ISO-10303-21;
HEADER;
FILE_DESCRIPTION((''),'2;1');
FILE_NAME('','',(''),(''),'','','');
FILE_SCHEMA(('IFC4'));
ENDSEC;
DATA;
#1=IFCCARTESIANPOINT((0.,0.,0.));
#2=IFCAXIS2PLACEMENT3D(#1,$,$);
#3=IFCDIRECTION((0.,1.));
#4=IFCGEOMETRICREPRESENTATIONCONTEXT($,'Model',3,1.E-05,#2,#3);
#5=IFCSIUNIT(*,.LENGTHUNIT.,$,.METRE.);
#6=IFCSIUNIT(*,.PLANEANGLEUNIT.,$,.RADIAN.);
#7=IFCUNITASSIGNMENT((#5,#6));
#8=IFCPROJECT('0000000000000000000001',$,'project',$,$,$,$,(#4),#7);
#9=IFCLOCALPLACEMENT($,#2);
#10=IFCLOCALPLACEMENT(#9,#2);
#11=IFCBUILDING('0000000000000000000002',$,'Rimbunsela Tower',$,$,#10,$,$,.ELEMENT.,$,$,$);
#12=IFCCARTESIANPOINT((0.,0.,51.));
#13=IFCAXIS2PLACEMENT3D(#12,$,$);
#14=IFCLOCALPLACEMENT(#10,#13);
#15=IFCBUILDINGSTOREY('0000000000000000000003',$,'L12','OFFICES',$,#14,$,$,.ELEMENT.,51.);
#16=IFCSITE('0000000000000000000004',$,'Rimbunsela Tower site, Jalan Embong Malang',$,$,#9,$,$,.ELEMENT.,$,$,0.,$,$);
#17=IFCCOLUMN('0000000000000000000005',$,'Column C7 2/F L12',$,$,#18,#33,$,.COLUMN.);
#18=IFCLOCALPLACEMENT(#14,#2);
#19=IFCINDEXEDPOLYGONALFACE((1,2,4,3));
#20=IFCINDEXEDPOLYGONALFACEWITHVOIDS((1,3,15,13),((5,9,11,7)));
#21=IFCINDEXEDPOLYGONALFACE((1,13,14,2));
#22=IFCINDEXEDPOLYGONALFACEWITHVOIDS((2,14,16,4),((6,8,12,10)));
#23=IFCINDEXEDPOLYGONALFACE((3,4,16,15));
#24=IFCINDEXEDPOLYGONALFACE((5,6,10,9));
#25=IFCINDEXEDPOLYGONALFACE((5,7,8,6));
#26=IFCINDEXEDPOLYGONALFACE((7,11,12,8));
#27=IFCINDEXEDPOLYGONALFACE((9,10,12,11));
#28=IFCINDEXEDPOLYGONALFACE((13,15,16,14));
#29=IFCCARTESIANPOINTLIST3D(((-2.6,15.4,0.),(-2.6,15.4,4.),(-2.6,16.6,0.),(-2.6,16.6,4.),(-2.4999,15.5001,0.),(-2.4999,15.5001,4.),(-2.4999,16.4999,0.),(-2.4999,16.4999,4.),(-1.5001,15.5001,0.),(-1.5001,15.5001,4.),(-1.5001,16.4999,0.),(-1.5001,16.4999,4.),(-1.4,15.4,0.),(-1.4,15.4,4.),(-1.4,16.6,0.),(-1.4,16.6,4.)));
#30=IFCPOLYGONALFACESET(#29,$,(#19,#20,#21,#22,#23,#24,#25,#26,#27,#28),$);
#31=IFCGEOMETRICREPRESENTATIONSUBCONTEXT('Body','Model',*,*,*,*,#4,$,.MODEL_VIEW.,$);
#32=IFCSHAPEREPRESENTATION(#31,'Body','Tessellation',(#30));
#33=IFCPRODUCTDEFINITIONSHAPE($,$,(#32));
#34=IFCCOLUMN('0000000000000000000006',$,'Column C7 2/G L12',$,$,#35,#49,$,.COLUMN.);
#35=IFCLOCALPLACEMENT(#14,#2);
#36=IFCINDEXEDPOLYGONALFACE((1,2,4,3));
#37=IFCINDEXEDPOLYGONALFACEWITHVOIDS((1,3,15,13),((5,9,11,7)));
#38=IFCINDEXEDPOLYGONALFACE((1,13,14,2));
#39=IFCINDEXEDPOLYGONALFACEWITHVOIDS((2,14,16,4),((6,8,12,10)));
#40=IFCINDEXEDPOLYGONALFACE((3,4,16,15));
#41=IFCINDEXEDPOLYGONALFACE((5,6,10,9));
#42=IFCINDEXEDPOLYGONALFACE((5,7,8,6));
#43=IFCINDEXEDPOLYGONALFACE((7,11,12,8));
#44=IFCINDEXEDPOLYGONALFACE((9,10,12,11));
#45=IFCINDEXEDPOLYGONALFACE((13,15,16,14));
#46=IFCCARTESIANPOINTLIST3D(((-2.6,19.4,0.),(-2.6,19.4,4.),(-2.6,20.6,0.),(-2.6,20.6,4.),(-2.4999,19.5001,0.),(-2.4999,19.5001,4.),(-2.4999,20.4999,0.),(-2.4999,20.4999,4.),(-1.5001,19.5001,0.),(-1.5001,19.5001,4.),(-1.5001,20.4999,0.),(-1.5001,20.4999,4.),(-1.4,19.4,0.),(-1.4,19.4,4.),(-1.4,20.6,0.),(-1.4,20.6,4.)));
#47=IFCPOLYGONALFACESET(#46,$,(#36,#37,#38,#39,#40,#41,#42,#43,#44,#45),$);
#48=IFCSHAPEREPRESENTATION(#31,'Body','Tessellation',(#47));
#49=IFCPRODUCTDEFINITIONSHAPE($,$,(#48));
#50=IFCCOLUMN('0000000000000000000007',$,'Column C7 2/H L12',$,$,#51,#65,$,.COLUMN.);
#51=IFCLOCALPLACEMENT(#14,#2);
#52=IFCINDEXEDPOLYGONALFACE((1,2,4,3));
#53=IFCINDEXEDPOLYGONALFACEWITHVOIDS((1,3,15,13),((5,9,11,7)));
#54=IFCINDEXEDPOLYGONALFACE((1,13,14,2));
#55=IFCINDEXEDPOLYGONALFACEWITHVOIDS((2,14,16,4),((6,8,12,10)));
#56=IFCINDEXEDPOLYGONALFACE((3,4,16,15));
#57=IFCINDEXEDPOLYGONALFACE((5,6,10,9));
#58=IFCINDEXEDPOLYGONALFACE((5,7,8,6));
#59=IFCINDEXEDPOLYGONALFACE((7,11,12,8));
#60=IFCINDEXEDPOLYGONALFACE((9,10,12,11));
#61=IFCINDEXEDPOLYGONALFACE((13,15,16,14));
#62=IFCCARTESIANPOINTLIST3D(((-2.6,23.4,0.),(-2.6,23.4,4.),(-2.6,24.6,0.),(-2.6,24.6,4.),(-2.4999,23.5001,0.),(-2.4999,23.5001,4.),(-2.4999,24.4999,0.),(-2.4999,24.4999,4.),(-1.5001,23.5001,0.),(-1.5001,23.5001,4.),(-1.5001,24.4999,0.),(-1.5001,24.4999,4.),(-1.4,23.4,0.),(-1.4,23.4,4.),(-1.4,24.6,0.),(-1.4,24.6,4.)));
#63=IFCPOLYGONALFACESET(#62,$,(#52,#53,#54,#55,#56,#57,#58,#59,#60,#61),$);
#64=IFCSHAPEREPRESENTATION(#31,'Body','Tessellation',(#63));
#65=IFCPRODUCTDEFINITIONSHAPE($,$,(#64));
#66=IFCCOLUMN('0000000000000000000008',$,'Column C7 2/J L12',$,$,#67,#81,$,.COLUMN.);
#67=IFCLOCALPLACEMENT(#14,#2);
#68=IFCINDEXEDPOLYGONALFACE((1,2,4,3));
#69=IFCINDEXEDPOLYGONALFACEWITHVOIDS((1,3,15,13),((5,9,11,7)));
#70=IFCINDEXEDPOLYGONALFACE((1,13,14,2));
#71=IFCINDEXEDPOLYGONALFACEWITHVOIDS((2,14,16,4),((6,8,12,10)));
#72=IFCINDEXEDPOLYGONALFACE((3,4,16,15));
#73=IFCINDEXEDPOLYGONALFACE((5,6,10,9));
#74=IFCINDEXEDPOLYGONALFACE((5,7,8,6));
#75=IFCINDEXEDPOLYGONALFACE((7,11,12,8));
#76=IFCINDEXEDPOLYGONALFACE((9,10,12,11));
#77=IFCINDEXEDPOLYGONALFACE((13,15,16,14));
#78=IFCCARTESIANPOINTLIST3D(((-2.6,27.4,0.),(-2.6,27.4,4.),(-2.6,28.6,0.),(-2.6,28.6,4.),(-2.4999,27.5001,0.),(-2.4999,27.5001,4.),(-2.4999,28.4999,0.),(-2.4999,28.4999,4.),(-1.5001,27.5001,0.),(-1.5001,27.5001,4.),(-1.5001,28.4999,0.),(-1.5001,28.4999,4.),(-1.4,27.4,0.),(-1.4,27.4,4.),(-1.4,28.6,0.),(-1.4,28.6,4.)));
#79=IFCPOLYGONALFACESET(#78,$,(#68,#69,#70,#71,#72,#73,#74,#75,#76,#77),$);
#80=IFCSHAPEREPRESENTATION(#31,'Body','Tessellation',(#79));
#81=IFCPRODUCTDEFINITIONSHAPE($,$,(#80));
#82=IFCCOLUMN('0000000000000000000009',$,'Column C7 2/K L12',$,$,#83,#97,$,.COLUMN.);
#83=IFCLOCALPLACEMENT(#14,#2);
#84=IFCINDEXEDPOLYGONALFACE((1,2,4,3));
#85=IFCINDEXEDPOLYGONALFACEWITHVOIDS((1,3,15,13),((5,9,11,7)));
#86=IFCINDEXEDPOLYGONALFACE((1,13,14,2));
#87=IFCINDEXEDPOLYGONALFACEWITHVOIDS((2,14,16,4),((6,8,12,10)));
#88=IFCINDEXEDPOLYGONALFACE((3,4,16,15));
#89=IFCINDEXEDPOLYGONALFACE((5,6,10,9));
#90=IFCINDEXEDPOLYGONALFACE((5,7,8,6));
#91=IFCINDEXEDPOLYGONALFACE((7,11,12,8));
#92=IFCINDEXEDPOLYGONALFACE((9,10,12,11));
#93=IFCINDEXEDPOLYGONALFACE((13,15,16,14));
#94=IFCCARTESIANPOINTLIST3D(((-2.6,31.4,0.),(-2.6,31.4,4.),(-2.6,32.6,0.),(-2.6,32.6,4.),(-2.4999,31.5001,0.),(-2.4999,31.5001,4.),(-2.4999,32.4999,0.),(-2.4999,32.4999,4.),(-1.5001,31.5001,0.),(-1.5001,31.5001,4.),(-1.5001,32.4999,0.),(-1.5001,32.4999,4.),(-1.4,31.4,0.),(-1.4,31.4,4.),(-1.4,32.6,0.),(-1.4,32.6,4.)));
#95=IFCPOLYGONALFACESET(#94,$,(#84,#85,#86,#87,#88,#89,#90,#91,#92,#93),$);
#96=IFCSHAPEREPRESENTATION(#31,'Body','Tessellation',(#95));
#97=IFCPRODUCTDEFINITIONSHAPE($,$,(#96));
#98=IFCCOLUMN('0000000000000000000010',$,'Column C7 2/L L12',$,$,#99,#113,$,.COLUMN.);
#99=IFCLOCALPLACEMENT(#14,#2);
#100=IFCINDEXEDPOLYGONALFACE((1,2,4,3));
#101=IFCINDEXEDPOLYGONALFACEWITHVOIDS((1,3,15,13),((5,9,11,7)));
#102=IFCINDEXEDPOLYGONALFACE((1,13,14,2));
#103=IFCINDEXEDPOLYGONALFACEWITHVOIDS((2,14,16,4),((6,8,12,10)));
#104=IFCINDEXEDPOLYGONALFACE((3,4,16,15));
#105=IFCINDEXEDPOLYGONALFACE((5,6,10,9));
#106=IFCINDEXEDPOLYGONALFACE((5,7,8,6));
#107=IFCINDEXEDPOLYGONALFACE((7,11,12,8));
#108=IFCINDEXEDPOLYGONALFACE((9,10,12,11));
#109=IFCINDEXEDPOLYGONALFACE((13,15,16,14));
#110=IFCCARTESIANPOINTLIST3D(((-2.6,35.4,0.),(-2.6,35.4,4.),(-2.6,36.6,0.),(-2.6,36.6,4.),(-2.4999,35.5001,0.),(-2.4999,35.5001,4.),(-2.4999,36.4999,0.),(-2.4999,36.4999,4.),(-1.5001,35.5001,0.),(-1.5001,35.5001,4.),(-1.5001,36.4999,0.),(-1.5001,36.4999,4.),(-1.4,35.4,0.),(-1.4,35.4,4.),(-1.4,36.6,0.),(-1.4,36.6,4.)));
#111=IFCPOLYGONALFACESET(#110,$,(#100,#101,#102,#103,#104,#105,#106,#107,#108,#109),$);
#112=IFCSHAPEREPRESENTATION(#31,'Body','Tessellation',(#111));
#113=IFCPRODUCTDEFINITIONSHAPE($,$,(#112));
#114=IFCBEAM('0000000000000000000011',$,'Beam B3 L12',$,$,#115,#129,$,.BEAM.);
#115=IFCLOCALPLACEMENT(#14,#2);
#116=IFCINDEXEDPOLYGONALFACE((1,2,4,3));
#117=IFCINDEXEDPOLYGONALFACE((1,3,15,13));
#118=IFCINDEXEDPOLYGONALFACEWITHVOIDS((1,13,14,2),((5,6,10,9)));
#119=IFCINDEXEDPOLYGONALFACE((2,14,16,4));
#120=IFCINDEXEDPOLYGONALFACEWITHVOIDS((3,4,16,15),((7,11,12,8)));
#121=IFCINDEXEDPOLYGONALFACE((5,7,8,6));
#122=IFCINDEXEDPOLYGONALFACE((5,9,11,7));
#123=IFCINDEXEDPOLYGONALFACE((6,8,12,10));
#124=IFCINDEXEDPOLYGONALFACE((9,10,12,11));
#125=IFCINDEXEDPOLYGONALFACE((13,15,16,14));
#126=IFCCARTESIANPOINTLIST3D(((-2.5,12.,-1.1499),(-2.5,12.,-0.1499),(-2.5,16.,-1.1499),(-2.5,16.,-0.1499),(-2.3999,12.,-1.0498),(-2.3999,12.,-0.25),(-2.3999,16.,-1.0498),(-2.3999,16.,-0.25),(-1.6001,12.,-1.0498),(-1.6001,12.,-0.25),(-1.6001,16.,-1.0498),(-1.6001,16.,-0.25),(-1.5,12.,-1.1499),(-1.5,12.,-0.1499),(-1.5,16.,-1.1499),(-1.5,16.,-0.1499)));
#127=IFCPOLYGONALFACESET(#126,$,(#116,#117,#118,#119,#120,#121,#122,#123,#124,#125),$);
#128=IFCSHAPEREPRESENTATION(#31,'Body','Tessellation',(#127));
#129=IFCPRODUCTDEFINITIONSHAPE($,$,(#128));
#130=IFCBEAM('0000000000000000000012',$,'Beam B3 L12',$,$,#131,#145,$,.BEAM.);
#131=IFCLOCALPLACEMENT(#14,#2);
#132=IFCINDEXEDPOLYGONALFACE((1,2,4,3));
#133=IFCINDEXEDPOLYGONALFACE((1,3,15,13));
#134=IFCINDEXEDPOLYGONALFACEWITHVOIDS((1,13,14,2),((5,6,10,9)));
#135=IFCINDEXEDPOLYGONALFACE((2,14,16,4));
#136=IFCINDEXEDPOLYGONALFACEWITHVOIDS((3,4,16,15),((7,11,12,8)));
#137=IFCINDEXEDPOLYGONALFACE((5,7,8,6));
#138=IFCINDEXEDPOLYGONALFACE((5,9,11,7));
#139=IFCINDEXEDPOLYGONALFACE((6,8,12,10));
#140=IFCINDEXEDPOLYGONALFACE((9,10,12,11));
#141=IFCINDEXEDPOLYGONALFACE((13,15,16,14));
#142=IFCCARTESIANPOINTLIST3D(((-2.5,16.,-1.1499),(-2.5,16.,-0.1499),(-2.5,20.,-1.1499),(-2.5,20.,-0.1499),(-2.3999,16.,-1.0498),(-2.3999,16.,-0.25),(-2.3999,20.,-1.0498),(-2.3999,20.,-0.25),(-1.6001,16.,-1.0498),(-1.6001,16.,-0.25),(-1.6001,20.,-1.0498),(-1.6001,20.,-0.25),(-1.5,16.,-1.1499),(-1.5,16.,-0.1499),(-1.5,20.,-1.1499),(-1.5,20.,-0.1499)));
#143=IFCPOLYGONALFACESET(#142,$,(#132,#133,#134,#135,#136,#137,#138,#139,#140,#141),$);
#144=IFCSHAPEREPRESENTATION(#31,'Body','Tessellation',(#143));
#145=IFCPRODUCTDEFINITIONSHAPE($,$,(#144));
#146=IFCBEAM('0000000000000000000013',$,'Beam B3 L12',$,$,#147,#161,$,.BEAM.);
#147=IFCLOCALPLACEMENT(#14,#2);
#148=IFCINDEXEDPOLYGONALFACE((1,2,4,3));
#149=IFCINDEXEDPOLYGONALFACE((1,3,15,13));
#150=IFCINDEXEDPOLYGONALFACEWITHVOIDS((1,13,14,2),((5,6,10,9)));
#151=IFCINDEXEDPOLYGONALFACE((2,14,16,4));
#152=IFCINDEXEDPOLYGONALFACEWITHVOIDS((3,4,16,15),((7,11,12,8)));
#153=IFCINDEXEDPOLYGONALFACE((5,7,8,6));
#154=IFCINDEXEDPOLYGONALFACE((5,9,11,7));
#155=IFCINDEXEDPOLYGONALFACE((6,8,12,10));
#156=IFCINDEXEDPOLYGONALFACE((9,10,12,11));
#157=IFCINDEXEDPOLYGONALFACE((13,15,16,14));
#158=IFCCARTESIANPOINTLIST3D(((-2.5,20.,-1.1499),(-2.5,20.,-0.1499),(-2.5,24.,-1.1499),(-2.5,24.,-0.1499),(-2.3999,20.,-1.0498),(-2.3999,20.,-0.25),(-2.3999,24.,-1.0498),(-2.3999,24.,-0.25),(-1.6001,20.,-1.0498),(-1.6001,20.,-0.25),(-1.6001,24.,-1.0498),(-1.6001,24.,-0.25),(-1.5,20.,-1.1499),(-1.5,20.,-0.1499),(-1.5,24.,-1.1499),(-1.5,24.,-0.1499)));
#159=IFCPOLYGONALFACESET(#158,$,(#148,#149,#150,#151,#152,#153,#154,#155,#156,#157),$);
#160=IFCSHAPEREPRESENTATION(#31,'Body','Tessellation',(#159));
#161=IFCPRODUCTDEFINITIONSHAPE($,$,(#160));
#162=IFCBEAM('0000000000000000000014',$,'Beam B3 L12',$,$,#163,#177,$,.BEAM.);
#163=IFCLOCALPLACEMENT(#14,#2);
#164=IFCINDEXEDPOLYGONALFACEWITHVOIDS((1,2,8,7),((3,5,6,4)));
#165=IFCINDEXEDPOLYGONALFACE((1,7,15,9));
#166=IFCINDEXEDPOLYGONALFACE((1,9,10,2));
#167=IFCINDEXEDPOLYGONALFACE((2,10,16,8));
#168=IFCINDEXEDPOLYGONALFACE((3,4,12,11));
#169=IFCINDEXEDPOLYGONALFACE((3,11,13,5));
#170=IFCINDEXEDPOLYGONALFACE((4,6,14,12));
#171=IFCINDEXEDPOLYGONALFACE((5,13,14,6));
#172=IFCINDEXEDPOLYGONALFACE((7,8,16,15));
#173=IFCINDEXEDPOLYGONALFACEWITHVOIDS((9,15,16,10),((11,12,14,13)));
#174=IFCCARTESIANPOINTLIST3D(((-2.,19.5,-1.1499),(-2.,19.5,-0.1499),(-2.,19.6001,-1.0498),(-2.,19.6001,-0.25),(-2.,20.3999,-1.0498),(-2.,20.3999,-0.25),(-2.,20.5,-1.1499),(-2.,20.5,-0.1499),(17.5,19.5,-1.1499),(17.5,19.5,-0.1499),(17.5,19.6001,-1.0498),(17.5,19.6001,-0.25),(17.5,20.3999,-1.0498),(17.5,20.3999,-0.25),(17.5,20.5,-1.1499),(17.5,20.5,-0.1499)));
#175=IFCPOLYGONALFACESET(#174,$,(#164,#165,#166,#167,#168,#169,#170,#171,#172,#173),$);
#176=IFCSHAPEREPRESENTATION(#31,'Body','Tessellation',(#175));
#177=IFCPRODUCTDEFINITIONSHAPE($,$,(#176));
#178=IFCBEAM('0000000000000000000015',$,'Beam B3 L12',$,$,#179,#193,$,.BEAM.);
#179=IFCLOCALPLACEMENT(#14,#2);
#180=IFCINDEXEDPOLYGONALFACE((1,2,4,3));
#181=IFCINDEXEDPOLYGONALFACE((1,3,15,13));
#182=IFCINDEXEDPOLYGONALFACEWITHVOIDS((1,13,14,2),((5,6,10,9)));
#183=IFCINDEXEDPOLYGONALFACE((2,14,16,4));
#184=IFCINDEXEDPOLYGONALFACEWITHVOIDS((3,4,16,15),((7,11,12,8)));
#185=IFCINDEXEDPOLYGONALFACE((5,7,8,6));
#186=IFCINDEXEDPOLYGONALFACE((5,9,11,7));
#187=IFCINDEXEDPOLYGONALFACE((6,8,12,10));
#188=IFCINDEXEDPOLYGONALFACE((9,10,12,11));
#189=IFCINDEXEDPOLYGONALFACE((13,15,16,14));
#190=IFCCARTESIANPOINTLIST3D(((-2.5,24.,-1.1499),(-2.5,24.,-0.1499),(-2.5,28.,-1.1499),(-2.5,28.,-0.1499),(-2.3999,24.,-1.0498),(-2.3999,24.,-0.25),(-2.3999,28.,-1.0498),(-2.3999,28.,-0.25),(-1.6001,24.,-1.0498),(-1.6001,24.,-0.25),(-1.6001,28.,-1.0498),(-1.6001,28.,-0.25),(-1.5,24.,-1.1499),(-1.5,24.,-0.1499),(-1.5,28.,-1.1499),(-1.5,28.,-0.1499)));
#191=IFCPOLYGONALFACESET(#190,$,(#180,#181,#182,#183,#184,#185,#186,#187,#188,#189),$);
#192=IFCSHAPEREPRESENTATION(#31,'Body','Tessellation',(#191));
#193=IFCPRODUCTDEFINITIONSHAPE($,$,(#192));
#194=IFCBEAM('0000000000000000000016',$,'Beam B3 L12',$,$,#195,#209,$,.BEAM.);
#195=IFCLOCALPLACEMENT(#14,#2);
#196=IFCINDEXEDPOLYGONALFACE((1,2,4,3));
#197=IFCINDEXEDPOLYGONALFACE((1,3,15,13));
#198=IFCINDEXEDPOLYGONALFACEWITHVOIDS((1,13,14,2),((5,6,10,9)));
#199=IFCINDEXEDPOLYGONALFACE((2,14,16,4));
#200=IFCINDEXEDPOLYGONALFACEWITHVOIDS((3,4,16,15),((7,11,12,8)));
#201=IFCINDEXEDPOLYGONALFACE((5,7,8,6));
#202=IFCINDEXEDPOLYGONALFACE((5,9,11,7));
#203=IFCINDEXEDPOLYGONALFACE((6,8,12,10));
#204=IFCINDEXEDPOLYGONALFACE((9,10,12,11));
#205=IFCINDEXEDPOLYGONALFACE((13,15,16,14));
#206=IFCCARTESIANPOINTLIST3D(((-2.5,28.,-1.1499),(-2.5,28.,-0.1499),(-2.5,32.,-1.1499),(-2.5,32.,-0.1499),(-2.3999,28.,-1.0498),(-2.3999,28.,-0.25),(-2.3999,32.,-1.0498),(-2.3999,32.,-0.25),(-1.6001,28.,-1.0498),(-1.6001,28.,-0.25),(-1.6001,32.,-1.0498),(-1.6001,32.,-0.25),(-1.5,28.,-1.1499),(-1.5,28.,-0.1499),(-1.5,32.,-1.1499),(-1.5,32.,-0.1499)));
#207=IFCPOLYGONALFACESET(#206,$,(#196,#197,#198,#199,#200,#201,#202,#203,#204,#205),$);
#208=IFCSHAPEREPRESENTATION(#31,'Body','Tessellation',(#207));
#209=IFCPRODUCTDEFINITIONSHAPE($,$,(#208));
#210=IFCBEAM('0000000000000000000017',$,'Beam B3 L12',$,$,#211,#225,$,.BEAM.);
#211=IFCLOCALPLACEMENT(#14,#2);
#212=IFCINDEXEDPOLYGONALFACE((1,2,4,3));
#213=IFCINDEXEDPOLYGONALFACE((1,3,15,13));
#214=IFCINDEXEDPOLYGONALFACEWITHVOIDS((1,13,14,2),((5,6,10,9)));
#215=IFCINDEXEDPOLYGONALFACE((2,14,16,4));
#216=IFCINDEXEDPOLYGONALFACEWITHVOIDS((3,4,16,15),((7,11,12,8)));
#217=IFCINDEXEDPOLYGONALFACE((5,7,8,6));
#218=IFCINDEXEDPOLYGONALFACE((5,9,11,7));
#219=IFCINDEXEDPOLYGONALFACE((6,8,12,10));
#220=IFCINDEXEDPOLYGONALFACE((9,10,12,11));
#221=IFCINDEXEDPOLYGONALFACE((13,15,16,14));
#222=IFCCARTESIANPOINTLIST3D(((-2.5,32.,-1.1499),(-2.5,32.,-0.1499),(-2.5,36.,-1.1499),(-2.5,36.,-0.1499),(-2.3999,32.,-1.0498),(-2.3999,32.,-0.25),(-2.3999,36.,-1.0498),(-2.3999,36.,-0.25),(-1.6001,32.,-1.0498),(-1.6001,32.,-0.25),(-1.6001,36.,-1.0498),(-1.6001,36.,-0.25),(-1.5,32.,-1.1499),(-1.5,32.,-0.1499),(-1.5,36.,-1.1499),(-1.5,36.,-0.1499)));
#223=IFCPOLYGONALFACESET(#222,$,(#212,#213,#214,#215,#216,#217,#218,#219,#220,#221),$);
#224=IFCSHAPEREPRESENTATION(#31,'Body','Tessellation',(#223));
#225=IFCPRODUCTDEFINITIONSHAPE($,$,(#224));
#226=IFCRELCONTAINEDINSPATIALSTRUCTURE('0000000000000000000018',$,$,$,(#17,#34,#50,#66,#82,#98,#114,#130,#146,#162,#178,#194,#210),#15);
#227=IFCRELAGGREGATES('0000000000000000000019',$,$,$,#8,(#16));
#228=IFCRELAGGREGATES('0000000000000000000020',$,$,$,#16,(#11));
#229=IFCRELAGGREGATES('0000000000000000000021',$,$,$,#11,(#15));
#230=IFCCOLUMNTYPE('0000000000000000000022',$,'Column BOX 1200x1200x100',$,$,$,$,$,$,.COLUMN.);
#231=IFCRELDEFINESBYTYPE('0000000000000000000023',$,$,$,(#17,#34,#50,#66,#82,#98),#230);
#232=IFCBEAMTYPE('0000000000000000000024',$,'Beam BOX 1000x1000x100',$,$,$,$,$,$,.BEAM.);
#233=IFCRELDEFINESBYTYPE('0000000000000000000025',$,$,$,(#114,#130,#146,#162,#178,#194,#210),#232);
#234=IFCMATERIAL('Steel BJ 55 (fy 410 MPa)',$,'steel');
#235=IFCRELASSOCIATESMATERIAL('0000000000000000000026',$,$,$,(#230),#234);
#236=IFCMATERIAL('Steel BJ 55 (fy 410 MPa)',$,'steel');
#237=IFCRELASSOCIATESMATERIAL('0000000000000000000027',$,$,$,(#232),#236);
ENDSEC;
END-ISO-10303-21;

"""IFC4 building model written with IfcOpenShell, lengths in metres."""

from ifc_helpers import new_model, si_unit, direction, frame, origin, origin_2d, place, context, subcontext, project, spatial, hollow_rectangle, extrude, material, material_profile, profile_set, type_object, element, save


model = new_model("IFC4")

# Units and contexts
model_context = context("Model", 3, precision=1e-05, world=origin(), true_north=direction((0.0, 1.0)))
body_context = subcontext(model_context, "Body", "Model", "MODEL_VIEW")
ifc_project = project(units=[si_unit("LENGTHUNIT", "METRE"), si_unit("PLANEANGLEUNIT", "RADIAN")], contexts=[model_context])

# Site, building, storey
site_placement = place(None, origin())
site = spatial("IfcSite", under=ifc_project, at=site_placement, Name="Rimbunsela Tower site, Jalan Embong Malang", CompositionType="ELEMENT", RefElevation=0.0)
building_placement = place(site_placement, origin())
building = spatial("IfcBuilding", under=site, at=building_placement, Name="Rimbunsela Tower", CompositionType="ELEMENT")
storey_placement = place(building_placement, frame((0.0, 0.0, 51.0)))
storey = spatial("IfcBuildingStorey", under=building, at=storey_placement, Name="L12", Description="OFFICES", CompositionType="ELEMENT", Elevation=51.0)

# Columns
ifc_material_1 = material(Name="Steel BJ 55 (fy 410 MPa)", Category="steel")
ifc_material_profile_1 = material_profile(ifc_material_1, hollow_rectangle(XDim=1.2, YDim=1.2, WallThickness=0.1001, at=origin_2d()), Name="BOX 1200x1200x100")
ifc_profile_set_1 = profile_set([ifc_material_profile_1], Name="Steel BJ 55 (fy 410 MPa)")
column_type = type_object("IfcColumnType", Name="Column BOX 1200x1200x100", PredefinedType="COLUMN", material=ifc_profile_set_1)
for number, where, z_axis, x_axis, name in (
    (1, (-2.0, 16.0, 0.0), (0.0, 0.0, 1.0), (1.0, 0.0, 0.0), "Column C7 2/F L12"),
    (2, (-2.0, 20.0, 0.0), (0.0, 0.0, 1.0), (1.0, 0.0, 0.0), "Column C7 2/G L12"),
    (3, (-2.0, 24.0, 0.0), (0.0, 0.0, 1.0), (1.0, 0.0, 0.0), "Column C7 2/H L12"),
    (4, (-2.0, 28.0, 0.0), (0.0, 0.0, 1.0), (1.0, 0.0, 0.0), "Column C7 2/J L12"),
    (5, (-2.0, 32.0, 0.0), (0.0, 0.0, 1.0), (1.0, 0.0, 0.0), "Column C7 2/K L12"),
    (6, (-2.0, 36.0, 0.0), (0.0, 0.0, 1.0), (1.0, 0.0, 0.0), "Column C7 2/L L12"),
):
    element("IfcColumn", number, at=place(storey_placement, frame(where, z_axis=z_axis, x_axis=x_axis)), inside=storey, type_object=column_type, Name=name, PredefinedType="COLUMN", context=body_context, shape_type="SweptSolid", body=[
        extrude(hollow_rectangle(XDim=1.2, YDim=1.2, WallThickness=0.1001, at=origin_2d()), origin(), (0.0, 0.0, 1.0), 4.0),
    ])

# Beams
ifc_material_2 = material(Name="Steel BJ 55 (fy 410 MPa)", Category="steel")
ifc_material_profile_2 = material_profile(ifc_material_2, hollow_rectangle(XDim=1.0, YDim=1.0, WallThickness=0.1001, at=origin_2d()), Name="BOX 1000x1000x100")
ifc_profile_set_2 = profile_set([ifc_material_profile_2], Name="Steel BJ 55 (fy 410 MPa)")
beam_type_1 = type_object("IfcBeamType", Name="Beam BOX 1000x1000x100", PredefinedType="BEAM", material=ifc_profile_set_2)
for number, where, z_axis, x_axis, name in (
    (7, (-2.0, 12.0, -0.6499), (0.0, 1.0, 0.0), (-1.0, 0.0, 0.0), "Beam B3 L12"),
    (8, (-2.0, 16.0, -0.6499), (0.0, 1.0, 0.0), (-1.0, 0.0, 0.0), "Beam B3 L12"),
    (9, (-2.0, 20.0, -0.6499), (0.0, 1.0, 0.0), (-1.0, 0.0, 0.0), "Beam B3 L12"),
):
    element("IfcBeam", number, at=place(storey_placement, frame(where, z_axis=z_axis, x_axis=x_axis)), inside=storey, type_object=beam_type_1, Name=name, PredefinedType="BEAM", context=body_context, shape_type="SweptSolid", body=[
        extrude(hollow_rectangle(XDim=1.0, YDim=1.0, WallThickness=0.1001, at=origin_2d()), origin(), (0.0, 0.0, 1.0), 4.0),
    ])
beam_1_placement = place(storey_placement, frame((-2.0, 20.0, -0.6499), z_axis=(1.0, 0.0, 0.0), x_axis=(0.0, 1.0, 0.0)))
element("IfcBeam", 10, at=beam_1_placement, inside=storey, type_object=beam_type_1, Name="Beam B3 L12", PredefinedType="BEAM", context=body_context, shape_type="SweptSolid", body=[
    extrude(hollow_rectangle(XDim=1.0, YDim=1.0, WallThickness=0.1001, at=origin_2d()), origin(), (0.0, 0.0, 1.0), 19.5),
])
for number, where, z_axis, x_axis, name in (
    (11, (-2.0, 24.0, -0.6499), (0.0, 1.0, 0.0), (-1.0, 0.0, 0.0), "Beam B3 L12"),
    (12, (-2.0, 28.0, -0.6499), (0.0, 1.0, 0.0), (-1.0, 0.0, 0.0), "Beam B3 L12"),
    (13, (-2.0, 32.0, -0.6499), (0.0, 1.0, 0.0), (-1.0, 0.0, 0.0), "Beam B3 L12"),
):
    element("IfcBeam", number, at=place(storey_placement, frame(where, z_axis=z_axis, x_axis=x_axis)), inside=storey, type_object=beam_type_1, Name=name, PredefinedType="BEAM", context=body_context, shape_type="SweptSolid", body=[
        extrude(hollow_rectangle(XDim=1.0, YDim=1.0, WallThickness=0.1001, at=origin_2d()), origin(), (0.0, 0.0, 1.0), 4.0),
    ])

save(model, "model.ifc")
